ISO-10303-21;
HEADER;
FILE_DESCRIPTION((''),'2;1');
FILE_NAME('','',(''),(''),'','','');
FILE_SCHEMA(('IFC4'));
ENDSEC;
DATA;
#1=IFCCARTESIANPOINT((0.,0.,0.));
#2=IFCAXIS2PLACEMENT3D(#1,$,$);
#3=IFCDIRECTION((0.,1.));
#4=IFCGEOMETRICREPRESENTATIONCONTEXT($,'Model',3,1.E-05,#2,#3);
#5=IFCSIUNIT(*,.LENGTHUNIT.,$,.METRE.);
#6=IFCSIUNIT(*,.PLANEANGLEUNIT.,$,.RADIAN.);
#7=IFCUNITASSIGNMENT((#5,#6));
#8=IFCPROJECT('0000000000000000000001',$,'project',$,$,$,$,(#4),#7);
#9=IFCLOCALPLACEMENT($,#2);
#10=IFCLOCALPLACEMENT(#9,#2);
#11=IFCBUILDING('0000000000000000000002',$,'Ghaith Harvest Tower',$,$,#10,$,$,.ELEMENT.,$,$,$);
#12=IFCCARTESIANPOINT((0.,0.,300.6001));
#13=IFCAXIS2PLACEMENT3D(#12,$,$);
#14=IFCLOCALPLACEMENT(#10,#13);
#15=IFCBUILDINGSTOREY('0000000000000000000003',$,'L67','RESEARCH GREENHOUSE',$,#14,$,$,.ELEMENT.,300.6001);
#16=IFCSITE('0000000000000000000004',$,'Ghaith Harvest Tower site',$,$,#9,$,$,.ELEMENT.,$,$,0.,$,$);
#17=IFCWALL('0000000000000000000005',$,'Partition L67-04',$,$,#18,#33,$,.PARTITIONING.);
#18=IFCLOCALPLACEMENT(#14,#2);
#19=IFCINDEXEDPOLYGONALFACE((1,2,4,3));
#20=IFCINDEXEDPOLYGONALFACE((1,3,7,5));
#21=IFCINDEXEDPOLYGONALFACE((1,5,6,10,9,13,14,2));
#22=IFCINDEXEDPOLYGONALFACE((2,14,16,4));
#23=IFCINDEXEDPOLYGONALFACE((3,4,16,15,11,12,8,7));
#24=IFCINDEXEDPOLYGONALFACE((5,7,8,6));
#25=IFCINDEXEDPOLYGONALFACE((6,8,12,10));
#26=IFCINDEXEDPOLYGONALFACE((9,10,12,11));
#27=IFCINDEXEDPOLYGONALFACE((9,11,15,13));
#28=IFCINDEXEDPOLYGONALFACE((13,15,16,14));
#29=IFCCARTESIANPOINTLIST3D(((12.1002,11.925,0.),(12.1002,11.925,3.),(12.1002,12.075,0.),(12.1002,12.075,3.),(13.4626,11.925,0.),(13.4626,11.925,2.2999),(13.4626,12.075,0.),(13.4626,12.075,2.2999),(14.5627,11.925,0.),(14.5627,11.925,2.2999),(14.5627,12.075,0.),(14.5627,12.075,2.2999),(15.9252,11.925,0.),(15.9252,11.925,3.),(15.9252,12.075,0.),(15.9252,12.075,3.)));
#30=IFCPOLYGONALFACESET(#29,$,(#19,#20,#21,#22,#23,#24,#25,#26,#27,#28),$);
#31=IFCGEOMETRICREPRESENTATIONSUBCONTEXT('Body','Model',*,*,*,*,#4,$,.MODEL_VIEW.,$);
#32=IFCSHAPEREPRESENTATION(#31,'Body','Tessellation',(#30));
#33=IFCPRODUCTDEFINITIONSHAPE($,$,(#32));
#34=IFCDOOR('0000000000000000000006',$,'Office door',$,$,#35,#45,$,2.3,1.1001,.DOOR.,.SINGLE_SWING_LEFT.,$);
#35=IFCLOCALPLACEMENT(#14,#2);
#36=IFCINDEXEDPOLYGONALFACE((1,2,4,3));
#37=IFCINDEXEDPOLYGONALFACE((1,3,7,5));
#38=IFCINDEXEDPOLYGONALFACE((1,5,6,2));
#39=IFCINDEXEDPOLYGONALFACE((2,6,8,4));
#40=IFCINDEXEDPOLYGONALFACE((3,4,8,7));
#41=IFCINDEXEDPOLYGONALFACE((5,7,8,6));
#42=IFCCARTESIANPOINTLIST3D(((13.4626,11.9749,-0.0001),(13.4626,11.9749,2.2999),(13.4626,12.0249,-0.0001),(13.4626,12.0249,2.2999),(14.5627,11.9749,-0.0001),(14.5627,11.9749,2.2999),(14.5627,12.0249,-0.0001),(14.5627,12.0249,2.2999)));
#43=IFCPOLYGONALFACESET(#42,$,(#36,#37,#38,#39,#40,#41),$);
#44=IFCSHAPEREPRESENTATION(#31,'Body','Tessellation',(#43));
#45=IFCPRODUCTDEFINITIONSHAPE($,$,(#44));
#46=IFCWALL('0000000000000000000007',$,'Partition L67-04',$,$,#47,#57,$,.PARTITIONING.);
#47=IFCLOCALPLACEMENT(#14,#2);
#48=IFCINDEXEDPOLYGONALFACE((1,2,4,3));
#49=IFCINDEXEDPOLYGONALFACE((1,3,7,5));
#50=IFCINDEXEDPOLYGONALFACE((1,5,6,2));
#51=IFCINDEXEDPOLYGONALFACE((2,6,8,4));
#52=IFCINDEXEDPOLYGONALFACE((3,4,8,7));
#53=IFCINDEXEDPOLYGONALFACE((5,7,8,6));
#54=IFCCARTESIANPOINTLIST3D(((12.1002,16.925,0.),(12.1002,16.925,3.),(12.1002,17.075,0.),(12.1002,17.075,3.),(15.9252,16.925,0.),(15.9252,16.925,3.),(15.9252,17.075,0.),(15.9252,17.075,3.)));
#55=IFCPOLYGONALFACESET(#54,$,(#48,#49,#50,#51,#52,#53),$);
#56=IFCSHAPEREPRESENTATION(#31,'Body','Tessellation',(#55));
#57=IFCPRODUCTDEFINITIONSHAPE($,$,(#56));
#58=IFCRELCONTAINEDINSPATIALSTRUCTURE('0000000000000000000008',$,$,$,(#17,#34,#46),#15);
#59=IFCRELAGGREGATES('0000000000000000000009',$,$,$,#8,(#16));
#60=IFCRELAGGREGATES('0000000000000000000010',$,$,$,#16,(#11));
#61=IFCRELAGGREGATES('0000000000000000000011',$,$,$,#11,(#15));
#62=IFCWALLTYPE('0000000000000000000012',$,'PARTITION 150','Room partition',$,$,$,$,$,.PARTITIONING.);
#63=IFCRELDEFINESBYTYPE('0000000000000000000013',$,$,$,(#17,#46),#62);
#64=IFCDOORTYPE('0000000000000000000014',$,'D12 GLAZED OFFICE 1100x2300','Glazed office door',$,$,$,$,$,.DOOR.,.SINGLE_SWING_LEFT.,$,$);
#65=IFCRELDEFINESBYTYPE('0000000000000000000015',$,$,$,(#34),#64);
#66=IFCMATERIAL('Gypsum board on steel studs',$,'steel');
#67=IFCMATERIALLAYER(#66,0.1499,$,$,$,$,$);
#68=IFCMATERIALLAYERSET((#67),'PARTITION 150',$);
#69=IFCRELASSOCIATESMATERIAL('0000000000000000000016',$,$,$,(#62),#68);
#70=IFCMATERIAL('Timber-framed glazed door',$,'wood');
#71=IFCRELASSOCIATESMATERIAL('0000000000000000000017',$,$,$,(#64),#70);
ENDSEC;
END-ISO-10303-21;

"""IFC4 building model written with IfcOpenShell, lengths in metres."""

from ifc_helpers import new_model, si_unit, direction, frame, frame_2d, origin, place, context, subcontext, project, spatial, rectangle, extrude, material, layer, layer_set, type_object, element, fill, save


model = new_model("IFC4")

# Units and contexts
model_context = context("Model", 3, precision=1e-05, world=origin(), true_north=direction((0.0, 1.0)))
body_context = subcontext(model_context, "Body", "Model", "MODEL_VIEW")
ifc_project = project(units=[si_unit("LENGTHUNIT", "METRE"), si_unit("PLANEANGLEUNIT", "RADIAN")], contexts=[model_context])

# Site, building, storey
site_placement = place(None, origin())
site = spatial("IfcSite", under=ifc_project, at=site_placement, Name="Ghaith Harvest Tower site", CompositionType="ELEMENT", RefElevation=0.0)
building_placement = place(site_placement, origin())
building = spatial("IfcBuilding", under=site, at=building_placement, Name="Ghaith Harvest Tower", CompositionType="ELEMENT")
storey_placement = place(building_placement, frame((0.0, 0.0, 300.6001)))
storey = spatial("IfcBuildingStorey", under=building, at=storey_placement, Name="L67", Description="RESEARCH GREENHOUSE", CompositionType="ELEMENT", Elevation=300.6001)

# Shared definitions
ifc_material_1 = material(Name="Gypsum board on steel studs", Category="steel")
ifc_layer_1 = layer(ifc_material_1, 0.1499)
ifc_layer_set_1 = layer_set([ifc_layer_1], Name="PARTITION 150")
wall_type_1 = type_object("IfcWallType", Name="PARTITION 150", Description="Room partition", PredefinedType="PARTITIONING", material=ifc_layer_set_1)

# Wall, opening, door
wall_1_placement = place(storey_placement, frame((12.1001, 12.0, 0.0), z_axis=(0.0, 0.0, 1.0), x_axis=(1.0, 0.0, 0.0)))
wall_1 = element("IfcWall", 1, at=wall_1_placement, inside=storey, type_object=wall_type_1, Name="Partition L67-04", PredefinedType="PARTITIONING", context=body_context, shape_type="SweptSolid", body=[
    extrude(rectangle(XDim=3.825, YDim=0.1499, at=frame_2d((1.9126, 0.0))), origin(), (0.0, 0.0, 1.0), 3.0),
])
opening_1_placement = place(wall_1_placement, frame((1.3625, 0.0, 0.0)))
opening_1 = element("IfcOpeningElement", 2, at=opening_1_placement, cuts=wall_1, PredefinedType="OPENING", context=body_context, shape_type="SweptSolid", body=[
    extrude(rectangle(XDim=1.1001, YDim=2.3, at=frame_2d((0.55, 1.1499))), frame((0.0, 0.085, 0.0), z_axis=(0.0, -1.0, 0.0), x_axis=(1.0, 0.0, 0.0)), (0.0, 0.0, 1.0), 0.1699),
])
ifc_material_2 = material(Name="Timber-framed glazed door", Category="wood")
door_type_1 = type_object("IfcDoorType", Name="D12 GLAZED OFFICE 1100x2300", Description="Glazed office door", OperationType="SINGLE_SWING_LEFT", PredefinedType="DOOR", material=ifc_material_2)
door_1_placement = place(opening_1_placement, origin())
door_1 = element("IfcDoor", 3, at=door_1_placement, inside=storey, type_object=door_type_1, Name="Office door", OperationType="SINGLE_SWING_LEFT", OverallHeight=2.3, OverallWidth=1.1001, PredefinedType="DOOR", context=body_context, shape_type="SweptSolid", body=[
    extrude(rectangle(XDim=1.1001, YDim=2.3, at=frame_2d((0.55, 1.1499))), frame((0.0, 0.0249, 0.0), z_axis=(0.0, -1.0, 0.0), x_axis=(1.0, 0.0, 0.0)), (0.0, 0.0, 1.0), 0.05),
])
fill(opening_1, door_1)

# Wall
wall_2_placement = place(storey_placement, frame((12.1001, 17.0, 0.0), z_axis=(0.0, 0.0, 1.0), x_axis=(1.0, 0.0, 0.0)))
element("IfcWall", 4, at=wall_2_placement, inside=storey, type_object=wall_type_1, Name="Partition L67-04", PredefinedType="PARTITIONING", context=body_context, shape_type="SweptSolid", body=[
    extrude(rectangle(XDim=3.825, YDim=0.1499, at=frame_2d((1.9126, 0.0))), origin(), (0.0, 0.0, 1.0), 3.0),
])

save(model, "model.ifc")
